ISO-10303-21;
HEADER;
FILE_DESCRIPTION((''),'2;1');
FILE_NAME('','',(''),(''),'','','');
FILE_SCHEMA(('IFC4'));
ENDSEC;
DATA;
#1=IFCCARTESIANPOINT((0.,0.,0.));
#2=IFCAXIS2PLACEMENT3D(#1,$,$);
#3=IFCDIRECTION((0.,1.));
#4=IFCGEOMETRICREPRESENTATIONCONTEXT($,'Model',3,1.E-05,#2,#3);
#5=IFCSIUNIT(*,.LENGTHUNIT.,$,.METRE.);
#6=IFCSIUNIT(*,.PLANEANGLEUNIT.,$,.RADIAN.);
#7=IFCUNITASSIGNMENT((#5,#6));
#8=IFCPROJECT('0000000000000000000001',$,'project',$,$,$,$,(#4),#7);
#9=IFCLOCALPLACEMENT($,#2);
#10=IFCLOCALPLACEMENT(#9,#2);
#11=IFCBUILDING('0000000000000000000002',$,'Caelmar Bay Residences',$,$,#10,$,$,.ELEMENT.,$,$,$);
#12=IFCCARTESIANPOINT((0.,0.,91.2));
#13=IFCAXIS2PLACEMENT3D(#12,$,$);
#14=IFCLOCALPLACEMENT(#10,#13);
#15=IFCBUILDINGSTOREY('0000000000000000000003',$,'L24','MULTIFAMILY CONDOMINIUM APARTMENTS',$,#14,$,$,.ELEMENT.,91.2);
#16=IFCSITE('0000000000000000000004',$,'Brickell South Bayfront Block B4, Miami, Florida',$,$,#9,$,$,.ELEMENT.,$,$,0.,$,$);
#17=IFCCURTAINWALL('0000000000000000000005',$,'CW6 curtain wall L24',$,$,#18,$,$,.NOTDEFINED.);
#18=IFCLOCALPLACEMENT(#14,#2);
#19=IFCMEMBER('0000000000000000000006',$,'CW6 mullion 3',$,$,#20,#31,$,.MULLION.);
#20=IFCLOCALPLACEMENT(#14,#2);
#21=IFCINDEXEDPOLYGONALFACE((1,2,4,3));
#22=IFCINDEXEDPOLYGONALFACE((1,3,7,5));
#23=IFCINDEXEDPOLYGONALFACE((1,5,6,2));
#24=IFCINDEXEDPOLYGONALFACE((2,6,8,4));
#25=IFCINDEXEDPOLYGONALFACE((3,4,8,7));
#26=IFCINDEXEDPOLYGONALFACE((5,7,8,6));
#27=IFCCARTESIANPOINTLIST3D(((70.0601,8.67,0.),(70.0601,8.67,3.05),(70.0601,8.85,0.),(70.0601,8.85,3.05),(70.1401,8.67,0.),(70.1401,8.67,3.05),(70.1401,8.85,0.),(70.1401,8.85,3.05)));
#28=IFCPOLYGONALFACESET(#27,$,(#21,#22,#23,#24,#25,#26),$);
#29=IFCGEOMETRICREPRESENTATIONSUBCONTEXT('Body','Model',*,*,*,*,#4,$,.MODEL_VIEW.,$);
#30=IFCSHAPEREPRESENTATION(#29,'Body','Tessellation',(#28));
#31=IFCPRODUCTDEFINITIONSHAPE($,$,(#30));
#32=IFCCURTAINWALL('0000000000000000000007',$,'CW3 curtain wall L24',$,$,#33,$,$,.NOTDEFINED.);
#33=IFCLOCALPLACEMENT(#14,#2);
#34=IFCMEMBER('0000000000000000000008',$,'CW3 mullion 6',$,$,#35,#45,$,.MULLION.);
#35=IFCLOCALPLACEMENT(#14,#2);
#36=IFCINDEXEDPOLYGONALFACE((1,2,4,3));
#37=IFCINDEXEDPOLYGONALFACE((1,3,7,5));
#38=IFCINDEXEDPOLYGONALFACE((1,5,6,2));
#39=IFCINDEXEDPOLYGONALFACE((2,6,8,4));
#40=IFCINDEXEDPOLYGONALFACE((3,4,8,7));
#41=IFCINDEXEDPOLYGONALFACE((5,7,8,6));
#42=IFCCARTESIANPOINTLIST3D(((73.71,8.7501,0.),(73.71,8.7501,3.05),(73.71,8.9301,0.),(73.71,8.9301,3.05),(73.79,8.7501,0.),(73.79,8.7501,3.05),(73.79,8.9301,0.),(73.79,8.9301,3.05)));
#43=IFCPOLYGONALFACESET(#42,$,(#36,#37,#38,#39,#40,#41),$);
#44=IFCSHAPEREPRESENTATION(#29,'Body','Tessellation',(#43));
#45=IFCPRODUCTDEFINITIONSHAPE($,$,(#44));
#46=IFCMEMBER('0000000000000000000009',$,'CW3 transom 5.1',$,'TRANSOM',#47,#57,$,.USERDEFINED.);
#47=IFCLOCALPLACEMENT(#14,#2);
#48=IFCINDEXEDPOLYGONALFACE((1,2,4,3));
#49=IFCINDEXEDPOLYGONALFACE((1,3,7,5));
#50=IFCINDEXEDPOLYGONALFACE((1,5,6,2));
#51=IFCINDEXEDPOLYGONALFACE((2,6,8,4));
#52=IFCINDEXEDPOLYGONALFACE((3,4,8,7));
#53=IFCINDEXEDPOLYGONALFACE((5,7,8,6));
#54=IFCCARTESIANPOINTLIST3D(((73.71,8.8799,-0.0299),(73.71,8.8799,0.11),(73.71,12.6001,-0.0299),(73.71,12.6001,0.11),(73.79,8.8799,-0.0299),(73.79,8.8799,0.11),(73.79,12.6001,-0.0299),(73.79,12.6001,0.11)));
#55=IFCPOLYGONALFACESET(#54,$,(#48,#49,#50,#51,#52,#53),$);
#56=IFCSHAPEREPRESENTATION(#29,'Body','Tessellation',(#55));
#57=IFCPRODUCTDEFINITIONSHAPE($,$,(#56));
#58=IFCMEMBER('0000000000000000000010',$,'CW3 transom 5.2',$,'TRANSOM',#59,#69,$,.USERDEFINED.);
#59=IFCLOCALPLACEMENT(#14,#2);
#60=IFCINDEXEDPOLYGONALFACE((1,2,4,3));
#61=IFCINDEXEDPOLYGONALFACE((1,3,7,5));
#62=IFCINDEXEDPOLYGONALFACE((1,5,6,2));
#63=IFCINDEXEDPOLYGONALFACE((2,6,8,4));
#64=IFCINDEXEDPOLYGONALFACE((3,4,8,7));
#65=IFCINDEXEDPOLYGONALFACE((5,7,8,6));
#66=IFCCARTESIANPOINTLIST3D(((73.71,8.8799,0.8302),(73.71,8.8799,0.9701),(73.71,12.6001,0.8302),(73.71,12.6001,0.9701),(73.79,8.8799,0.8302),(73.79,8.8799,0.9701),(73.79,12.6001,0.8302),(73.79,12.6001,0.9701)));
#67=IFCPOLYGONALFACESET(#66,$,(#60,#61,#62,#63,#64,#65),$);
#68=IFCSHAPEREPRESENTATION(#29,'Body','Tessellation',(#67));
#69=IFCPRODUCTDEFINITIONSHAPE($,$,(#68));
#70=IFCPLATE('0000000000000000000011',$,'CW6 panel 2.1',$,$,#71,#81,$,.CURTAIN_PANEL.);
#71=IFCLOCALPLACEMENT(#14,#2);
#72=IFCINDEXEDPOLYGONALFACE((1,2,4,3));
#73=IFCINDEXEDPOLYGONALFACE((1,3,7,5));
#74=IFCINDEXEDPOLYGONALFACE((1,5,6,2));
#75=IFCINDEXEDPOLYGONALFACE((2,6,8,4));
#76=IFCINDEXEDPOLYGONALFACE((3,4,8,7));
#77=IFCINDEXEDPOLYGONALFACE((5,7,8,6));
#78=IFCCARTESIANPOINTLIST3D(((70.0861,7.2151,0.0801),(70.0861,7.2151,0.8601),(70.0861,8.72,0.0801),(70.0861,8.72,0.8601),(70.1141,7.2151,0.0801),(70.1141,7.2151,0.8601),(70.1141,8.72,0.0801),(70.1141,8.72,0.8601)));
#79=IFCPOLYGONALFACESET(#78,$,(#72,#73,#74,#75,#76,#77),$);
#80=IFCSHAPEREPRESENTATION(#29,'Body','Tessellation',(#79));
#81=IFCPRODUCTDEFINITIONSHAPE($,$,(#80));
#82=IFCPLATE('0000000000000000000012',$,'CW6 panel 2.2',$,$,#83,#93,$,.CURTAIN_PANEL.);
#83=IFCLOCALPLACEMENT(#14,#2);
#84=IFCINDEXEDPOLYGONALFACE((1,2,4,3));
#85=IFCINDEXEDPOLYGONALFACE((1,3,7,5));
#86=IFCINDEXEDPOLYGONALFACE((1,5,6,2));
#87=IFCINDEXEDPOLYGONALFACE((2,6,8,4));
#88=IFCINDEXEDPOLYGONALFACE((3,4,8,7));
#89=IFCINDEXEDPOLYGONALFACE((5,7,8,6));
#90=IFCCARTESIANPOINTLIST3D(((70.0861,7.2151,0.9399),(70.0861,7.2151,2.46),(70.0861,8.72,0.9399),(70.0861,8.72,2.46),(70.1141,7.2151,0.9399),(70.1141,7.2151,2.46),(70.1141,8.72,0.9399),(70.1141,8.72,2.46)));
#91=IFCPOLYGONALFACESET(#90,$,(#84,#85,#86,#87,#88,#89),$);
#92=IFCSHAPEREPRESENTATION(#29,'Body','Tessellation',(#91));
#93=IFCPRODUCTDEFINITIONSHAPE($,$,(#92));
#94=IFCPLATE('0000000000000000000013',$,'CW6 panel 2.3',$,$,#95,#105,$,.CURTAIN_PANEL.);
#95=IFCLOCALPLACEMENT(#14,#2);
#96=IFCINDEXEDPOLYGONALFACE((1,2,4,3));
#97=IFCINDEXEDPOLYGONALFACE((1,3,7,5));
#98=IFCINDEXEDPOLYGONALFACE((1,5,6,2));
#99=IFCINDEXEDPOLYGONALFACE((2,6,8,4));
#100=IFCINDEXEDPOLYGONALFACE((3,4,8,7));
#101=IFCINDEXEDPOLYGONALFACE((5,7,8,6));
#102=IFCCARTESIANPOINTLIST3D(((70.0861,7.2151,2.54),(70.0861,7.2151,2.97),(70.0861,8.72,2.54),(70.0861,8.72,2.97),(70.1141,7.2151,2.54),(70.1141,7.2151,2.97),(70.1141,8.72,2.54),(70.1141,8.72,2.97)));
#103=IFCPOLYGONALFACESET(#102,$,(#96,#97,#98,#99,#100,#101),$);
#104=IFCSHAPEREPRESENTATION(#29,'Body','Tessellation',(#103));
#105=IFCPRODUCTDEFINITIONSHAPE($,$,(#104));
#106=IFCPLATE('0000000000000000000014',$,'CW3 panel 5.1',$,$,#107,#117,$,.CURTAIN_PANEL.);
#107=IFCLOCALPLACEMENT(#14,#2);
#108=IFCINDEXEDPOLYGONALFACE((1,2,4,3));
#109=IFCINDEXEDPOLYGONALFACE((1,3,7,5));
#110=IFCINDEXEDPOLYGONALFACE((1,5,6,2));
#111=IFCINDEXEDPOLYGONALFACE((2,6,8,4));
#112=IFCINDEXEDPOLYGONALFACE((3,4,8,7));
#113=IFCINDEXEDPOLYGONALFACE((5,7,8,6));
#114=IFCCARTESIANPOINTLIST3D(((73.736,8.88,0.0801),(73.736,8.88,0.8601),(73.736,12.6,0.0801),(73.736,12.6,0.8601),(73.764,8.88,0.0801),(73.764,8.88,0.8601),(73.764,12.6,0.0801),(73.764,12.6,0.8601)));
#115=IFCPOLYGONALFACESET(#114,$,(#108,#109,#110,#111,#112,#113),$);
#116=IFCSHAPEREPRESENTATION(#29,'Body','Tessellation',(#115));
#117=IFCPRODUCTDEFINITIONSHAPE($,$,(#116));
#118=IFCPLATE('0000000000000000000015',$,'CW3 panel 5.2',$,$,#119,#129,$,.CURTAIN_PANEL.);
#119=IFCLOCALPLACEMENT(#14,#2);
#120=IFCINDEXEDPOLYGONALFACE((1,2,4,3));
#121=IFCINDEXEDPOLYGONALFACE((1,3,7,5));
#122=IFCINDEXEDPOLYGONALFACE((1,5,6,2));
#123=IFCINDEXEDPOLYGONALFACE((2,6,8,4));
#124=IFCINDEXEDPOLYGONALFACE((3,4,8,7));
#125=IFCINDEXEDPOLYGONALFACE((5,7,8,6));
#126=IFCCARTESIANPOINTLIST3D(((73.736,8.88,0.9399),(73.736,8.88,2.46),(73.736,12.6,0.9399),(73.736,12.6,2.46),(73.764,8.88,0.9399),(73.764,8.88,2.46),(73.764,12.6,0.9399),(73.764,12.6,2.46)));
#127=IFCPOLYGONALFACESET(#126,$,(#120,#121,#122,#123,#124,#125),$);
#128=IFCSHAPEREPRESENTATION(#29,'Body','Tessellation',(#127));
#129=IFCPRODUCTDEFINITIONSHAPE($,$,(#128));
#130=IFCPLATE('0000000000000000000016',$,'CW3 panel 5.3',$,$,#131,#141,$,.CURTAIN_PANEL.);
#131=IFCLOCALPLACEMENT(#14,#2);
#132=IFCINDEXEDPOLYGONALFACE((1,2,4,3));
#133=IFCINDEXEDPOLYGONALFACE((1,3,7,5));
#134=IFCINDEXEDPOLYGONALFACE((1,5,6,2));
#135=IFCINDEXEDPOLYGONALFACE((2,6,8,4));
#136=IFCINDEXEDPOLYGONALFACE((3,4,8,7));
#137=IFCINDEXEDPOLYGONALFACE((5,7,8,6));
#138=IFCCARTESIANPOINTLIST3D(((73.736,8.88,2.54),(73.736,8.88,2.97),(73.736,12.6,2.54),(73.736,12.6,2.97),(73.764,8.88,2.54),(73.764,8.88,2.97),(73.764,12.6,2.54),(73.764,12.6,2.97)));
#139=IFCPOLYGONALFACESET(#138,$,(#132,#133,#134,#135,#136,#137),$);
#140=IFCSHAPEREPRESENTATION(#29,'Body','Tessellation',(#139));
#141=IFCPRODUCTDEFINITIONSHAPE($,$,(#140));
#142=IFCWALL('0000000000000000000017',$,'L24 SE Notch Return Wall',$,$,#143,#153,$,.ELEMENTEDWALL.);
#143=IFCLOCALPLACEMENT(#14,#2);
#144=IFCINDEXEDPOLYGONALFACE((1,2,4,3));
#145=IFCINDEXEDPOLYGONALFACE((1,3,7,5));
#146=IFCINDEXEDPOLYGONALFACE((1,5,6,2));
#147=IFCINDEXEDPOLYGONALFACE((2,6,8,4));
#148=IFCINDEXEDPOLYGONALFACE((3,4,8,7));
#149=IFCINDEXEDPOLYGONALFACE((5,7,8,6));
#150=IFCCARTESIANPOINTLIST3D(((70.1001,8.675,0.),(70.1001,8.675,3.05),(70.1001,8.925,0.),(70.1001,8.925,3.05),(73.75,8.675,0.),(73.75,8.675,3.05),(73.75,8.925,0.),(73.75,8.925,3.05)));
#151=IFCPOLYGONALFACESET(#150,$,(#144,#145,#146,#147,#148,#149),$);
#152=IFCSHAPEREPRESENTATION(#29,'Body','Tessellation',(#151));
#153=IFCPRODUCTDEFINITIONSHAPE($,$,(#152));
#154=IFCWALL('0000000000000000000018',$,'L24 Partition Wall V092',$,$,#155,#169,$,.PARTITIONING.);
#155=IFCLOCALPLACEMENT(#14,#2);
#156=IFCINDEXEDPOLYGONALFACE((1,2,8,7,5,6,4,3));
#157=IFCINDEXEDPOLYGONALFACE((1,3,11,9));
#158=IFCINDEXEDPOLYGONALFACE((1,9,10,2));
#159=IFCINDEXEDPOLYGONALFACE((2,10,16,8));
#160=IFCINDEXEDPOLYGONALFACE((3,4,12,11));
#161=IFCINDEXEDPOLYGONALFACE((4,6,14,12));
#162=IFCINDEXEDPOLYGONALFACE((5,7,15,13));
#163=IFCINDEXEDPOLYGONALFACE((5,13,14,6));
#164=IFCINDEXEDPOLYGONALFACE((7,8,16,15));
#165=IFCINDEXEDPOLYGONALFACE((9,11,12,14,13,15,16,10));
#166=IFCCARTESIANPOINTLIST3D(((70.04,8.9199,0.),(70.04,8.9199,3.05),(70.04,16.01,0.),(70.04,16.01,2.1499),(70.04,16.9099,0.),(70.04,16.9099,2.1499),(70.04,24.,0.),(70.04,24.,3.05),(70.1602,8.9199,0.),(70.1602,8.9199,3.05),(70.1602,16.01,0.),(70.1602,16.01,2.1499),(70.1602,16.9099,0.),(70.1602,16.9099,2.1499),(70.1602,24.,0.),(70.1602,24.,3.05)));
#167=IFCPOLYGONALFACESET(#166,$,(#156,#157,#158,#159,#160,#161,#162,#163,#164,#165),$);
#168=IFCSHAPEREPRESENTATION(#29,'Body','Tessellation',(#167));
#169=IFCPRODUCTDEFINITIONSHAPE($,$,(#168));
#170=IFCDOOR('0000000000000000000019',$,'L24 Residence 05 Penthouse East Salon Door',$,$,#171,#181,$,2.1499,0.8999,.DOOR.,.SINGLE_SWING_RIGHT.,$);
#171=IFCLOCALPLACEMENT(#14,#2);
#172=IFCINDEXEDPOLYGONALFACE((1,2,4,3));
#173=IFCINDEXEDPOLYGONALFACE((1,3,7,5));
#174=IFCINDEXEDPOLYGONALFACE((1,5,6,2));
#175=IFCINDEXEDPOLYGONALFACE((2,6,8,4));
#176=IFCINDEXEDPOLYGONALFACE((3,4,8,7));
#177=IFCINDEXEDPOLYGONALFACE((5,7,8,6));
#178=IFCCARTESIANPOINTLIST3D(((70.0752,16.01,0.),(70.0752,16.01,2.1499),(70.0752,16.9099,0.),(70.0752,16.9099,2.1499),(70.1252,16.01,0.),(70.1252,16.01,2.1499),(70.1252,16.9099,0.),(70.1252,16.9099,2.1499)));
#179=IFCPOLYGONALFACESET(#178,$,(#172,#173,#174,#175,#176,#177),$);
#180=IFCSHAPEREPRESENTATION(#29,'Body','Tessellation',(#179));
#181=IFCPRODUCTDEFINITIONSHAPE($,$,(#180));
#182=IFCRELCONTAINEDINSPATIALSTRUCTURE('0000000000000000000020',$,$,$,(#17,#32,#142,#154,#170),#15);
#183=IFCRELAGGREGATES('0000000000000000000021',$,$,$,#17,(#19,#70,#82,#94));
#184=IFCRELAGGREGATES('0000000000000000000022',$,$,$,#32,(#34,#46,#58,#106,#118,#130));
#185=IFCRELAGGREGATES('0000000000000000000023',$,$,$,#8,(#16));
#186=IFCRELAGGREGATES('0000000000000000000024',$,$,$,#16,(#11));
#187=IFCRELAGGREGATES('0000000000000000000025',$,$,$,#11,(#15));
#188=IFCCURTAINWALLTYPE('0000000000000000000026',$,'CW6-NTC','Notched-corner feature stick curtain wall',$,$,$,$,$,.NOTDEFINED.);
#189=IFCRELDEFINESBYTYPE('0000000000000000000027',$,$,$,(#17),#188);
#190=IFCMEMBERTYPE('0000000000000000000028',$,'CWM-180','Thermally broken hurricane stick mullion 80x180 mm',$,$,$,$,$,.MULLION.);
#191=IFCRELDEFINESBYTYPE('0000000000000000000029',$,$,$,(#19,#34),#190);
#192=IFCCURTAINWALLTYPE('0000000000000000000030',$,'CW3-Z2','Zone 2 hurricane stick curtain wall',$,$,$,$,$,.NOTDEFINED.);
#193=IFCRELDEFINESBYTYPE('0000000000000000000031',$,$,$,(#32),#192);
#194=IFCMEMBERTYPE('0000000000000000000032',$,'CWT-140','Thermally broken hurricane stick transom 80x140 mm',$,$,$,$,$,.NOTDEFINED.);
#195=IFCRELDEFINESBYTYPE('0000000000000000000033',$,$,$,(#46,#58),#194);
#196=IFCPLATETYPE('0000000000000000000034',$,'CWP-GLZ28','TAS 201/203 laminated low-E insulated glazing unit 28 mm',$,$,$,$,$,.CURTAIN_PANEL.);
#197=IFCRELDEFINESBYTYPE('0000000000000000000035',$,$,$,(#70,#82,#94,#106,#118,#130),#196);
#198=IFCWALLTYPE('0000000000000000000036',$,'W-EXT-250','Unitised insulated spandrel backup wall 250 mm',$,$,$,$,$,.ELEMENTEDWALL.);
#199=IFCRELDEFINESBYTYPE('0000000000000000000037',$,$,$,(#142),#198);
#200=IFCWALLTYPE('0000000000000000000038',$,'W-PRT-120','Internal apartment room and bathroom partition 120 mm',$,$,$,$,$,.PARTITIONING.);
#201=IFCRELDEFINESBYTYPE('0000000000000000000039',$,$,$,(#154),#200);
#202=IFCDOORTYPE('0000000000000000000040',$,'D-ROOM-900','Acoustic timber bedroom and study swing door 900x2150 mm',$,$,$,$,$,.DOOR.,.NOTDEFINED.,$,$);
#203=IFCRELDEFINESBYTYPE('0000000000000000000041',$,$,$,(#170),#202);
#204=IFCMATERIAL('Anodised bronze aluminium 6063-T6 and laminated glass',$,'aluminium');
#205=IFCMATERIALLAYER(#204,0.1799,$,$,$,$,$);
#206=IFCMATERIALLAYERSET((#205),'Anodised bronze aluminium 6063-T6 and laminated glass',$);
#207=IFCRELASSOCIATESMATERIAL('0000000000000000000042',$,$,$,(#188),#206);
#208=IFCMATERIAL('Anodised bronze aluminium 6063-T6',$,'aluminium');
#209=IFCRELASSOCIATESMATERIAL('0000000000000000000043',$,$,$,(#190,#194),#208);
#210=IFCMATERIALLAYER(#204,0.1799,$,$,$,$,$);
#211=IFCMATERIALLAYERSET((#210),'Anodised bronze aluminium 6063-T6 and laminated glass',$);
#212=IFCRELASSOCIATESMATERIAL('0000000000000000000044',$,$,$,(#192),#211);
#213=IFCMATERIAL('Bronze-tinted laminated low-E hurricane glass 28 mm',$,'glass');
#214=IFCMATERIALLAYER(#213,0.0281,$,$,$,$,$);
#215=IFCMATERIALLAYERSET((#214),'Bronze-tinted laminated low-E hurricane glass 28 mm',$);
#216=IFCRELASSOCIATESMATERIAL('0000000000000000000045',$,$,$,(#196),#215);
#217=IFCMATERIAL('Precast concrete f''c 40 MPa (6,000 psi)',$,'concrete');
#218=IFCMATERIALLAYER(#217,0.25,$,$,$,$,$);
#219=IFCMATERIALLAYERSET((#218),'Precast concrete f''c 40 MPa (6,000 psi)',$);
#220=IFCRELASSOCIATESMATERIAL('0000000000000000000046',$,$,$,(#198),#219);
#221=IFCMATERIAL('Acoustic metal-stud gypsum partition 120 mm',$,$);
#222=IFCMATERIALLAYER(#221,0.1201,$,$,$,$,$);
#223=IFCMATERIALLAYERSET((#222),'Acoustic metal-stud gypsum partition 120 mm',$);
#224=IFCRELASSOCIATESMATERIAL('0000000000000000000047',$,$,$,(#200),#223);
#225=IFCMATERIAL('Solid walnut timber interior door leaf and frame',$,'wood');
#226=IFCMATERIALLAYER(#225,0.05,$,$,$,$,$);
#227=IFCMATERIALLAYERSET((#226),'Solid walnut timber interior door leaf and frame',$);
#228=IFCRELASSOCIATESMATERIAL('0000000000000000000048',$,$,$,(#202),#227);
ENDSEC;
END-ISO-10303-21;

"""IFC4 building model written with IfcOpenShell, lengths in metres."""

from ifc_helpers import new_model, si_unit, direction, frame, frame_2d, origin, origin_2d, place, context, subcontext, project, spatial, rectangle, extrude, material, layer, layer_set, material_profile, profile_set, type_object, element, fill, aggregate, save


model = new_model("IFC4")

# Units and contexts
model_context = context("Model", 3, precision=1e-05, world=origin(), true_north=direction((0.0, 1.0)))
body_context = subcontext(model_context, "Body", "Model", "MODEL_VIEW")
ifc_project = project(units=[si_unit("LENGTHUNIT", "METRE"), si_unit("PLANEANGLEUNIT", "RADIAN")], contexts=[model_context])

# Site, building, storey
site_placement = place(None, origin())
site = spatial("IfcSite", under=ifc_project, at=site_placement, Name="Brickell South Bayfront Block B4, Miami, Florida", CompositionType="ELEMENT", RefElevation=0.0)
building_placement = place(site_placement, origin())
building = spatial("IfcBuilding", under=site, at=building_placement, Name="Caelmar Bay Residences", CompositionType="ELEMENT")
storey_placement = place(building_placement, frame((0.0, 0.0, 91.2)))
storey = spatial("IfcBuildingStorey", under=building, at=storey_placement, Name="L24", Description="MULTIFAMILY CONDOMINIUM APARTMENTS", CompositionType="ELEMENT", Elevation=91.2)

# Curtain wall, member
ifc_material_1 = material(Name="Anodised bronze aluminium 6063-T6 and laminated glass", Category="aluminium")
ifc_layer_1 = layer(ifc_material_1, 0.1799)
ifc_layer_set_1 = layer_set([ifc_layer_1], Name="Anodised bronze aluminium 6063-T6 and laminated glass")
curtain_wall_type_1 = type_object("IfcCurtainWallType", Name="CW6-NTC", Description="Notched-corner feature stick curtain wall", PredefinedType="NOTDEFINED", material=ifc_layer_set_1)
curtain_wall_1_placement = place(storey_placement, origin())
curtain_wall_1 = element("IfcCurtainWall", 1, at=curtain_wall_1_placement, inside=storey, type_object=curtain_wall_type_1, Name="CW6 curtain wall L24", PredefinedType="NOTDEFINED")
ifc_material_2 = material(Name="Anodised bronze aluminium 6063-T6", Category="aluminium")
ifc_material_profile_1 = material_profile(ifc_material_2, rectangle(XDim=0.0801, YDim=0.1799, at=origin_2d()), Name="CWM-80X180")
ifc_profile_set_1 = profile_set([ifc_material_profile_1], Name="Anodised bronze aluminium 6063-T6")
member_type_1 = type_object("IfcMemberType", Name="CWM-180", Description="Thermally broken hurricane stick mullion 80x180 mm", PredefinedType="MULLION", material=ifc_profile_set_1)
member_1_placement = place(storey_placement, frame((70.1001, 8.76, 0.0), z_axis=(0.0, 0.0, 1.0), x_axis=(-1.0, 0.0, 0.0)))
member_1 = element("IfcMember", 2, at=member_1_placement, type_object=member_type_1, Name="CW6 mullion 3", PredefinedType="MULLION", context=body_context, shape_type="SweptSolid", body=[
    extrude(rectangle(XDim=0.0801, YDim=0.1799, at=origin_2d()), origin(), (0.0, 0.0, 1.0), 3.05),
])

# Curtain wall, members
ifc_layer_2 = layer(ifc_material_1, 0.1799)
ifc_layer_set_2 = layer_set([ifc_layer_2], Name="Anodised bronze aluminium 6063-T6 and laminated glass")
curtain_wall_type_2 = type_object("IfcCurtainWallType", Name="CW3-Z2", Description="Zone 2 hurricane stick curtain wall", PredefinedType="NOTDEFINED", material=ifc_layer_set_2)
curtain_wall_2_placement = place(storey_placement, origin())
curtain_wall_2 = element("IfcCurtainWall", 3, at=curtain_wall_2_placement, inside=storey, type_object=curtain_wall_type_2, Name="CW3 curtain wall L24", PredefinedType="NOTDEFINED")
member_2_placement = place(storey_placement, frame((73.75, 8.8401, 0.0), z_axis=(0.0, 0.0, 1.0), x_axis=(1.0, 0.0, 0.0)))
member_2 = element("IfcMember", 4, at=member_2_placement, type_object=member_type_1, Name="CW3 mullion 6", PredefinedType="MULLION", context=body_context, shape_type="SweptSolid", body=[
    extrude(rectangle(XDim=0.0801, YDim=0.1799, at=origin_2d()), origin(), (0.0, 0.0, 1.0), 3.05),
])
ifc_material_profile_2 = material_profile(ifc_material_2, rectangle(XDim=0.0801, YDim=0.1399, at=origin_2d()), Name="CWT-80X140")
ifc_profile_set_2 = profile_set([ifc_material_profile_2], Name="Anodised bronze aluminium 6063-T6")
member_type_2 = type_object("IfcMemberType", Name="CWT-140", Description="Thermally broken hurricane stick transom 80x140 mm", PredefinedType="NOTDEFINED", material=ifc_profile_set_2)
member_3_placement = place(storey_placement, frame((73.75, 12.6001, 0.04), z_axis=(0.0, -1.0, 0.0), x_axis=(1.0, 0.0, 0.0)))
member_3 = element("IfcMember", 5, at=member_3_placement, type_object=member_type_2, Name="CW3 transom 5.1", ObjectType="TRANSOM", PredefinedType="USERDEFINED", context=body_context, shape_type="SweptSolid", body=[
    extrude(rectangle(XDim=0.0801, YDim=0.1399, at=origin_2d()), origin(), (0.0, 0.0, 1.0), 3.7202),
])
member_4_placement = place(storey_placement, frame((73.75, 12.6001, 0.9001), z_axis=(0.0, -1.0, 0.0), x_axis=(1.0, 0.0, 0.0)))
member_4 = element("IfcMember", 6, at=member_4_placement, type_object=member_type_2, Name="CW3 transom 5.2", ObjectType="TRANSOM", PredefinedType="USERDEFINED", context=body_context, shape_type="SweptSolid", body=[
    extrude(rectangle(XDim=0.0801, YDim=0.1399, at=origin_2d()), origin(), (0.0, 0.0, 1.0), 3.7202),
])

# Plates
ifc_material_3 = material(Name="Bronze-tinted laminated low-E hurricane glass 28 mm", Category="glass")
ifc_layer_3 = layer(ifc_material_3, 0.0281)
ifc_layer_set_3 = layer_set([ifc_layer_3], Name="Bronze-tinted laminated low-E hurricane glass 28 mm")
plate_type = type_object("IfcPlateType", Name="CWP-GLZ28", Description="TAS 201/203 laminated low-E insulated glazing unit 28 mm", PredefinedType="CURTAIN_PANEL", material=ifc_layer_set_3)
plate_1_placement = place(storey_placement, frame((70.1001, 7.9675, 0.0801), z_axis=(0.0, 0.0, 1.0), x_axis=(0.0, 1.0, 0.0)))
plate_1 = element("IfcPlate", 7, at=plate_1_placement, type_object=plate_type, Name="CW6 panel 2.1", PredefinedType="CURTAIN_PANEL", context=body_context, shape_type="SweptSolid", body=[
    extrude(rectangle(XDim=1.5049, YDim=0.0281, at=origin_2d()), origin(), (0.0, 0.0, 1.0), 0.78),
])
plate_2_placement = place(storey_placement, frame((70.1001, 7.9675, 0.9399), z_axis=(0.0, 0.0, 1.0), x_axis=(0.0, 1.0, 0.0)))
plate_2 = element("IfcPlate", 8, at=plate_2_placement, type_object=plate_type, Name="CW6 panel 2.2", PredefinedType="CURTAIN_PANEL", context=body_context, shape_type="SweptSolid", body=[
    extrude(rectangle(XDim=1.5049, YDim=0.0281, at=origin_2d()), origin(), (0.0, 0.0, 1.0), 1.52),
])
plate_3_placement = place(storey_placement, frame((70.1001, 7.9675, 2.54), z_axis=(0.0, 0.0, 1.0), x_axis=(0.0, 1.0, 0.0)))
plate_3 = element("IfcPlate", 9, at=plate_3_placement, type_object=plate_type, Name="CW6 panel 2.3", PredefinedType="CURTAIN_PANEL", context=body_context, shape_type="SweptSolid", body=[
    extrude(rectangle(XDim=1.5049, YDim=0.0281, at=origin_2d()), origin(), (0.0, 0.0, 1.0), 0.4299),
])
aggregate(curtain_wall_1, [member_1, plate_1, plate_2, plate_3])
plate_4_placement = place(storey_placement, frame((73.75, 10.74, 0.0801), z_axis=(0.0, 0.0, 1.0), x_axis=(0.0, -1.0, 0.0)))
plate_4 = element("IfcPlate", 10, at=plate_4_placement, type_object=plate_type, Name="CW3 panel 5.1", PredefinedType="CURTAIN_PANEL", context=body_context, shape_type="SweptSolid", body=[
    extrude(rectangle(XDim=3.72, YDim=0.0281, at=origin_2d()), origin(), (0.0, 0.0, 1.0), 0.78),
])
plate_5_placement = place(storey_placement, frame((73.75, 10.74, 0.9399), z_axis=(0.0, 0.0, 1.0), x_axis=(0.0, -1.0, 0.0)))
plate_5 = element("IfcPlate", 11, at=plate_5_placement, type_object=plate_type, Name="CW3 panel 5.2", PredefinedType="CURTAIN_PANEL", context=body_context, shape_type="SweptSolid", body=[
    extrude(rectangle(XDim=3.72, YDim=0.0281, at=origin_2d()), origin(), (0.0, 0.0, 1.0), 1.52),
])
plate_6_placement = place(storey_placement, frame((73.75, 10.74, 2.54), z_axis=(0.0, 0.0, 1.0), x_axis=(0.0, -1.0, 0.0)))
plate_6 = element("IfcPlate", 12, at=plate_6_placement, type_object=plate_type, Name="CW3 panel 5.3", PredefinedType="CURTAIN_PANEL", context=body_context, shape_type="SweptSolid", body=[
    extrude(rectangle(XDim=3.72, YDim=0.0281, at=origin_2d()), origin(), (0.0, 0.0, 1.0), 0.4299),
])
aggregate(curtain_wall_2, [member_2, member_3, member_4, plate_4, plate_5, plate_6])

# Wall
ifc_material_4 = material(Name="Precast concrete f'c 40 MPa (6,000 psi)", Category="concrete")
ifc_layer_4 = layer(ifc_material_4, 0.25)
ifc_layer_set_4 = layer_set([ifc_layer_4], Name="Precast concrete f'c 40 MPa (6,000 psi)")
wall_type_1 = type_object("IfcWallType", Name="W-EXT-250", Description="Unitised insulated spandrel backup wall 250 mm", PredefinedType="ELEMENTEDWALL", material=ifc_layer_set_4)
wall_1_placement = place(storey_placement, frame((70.1001, 8.8, 0.0), z_axis=(0.0, 0.0, 1.0), x_axis=(1.0, 0.0, 0.0)))
element("IfcWall", 13, at=wall_1_placement, inside=storey, type_object=wall_type_1, Name="L24 SE Notch Return Wall", PredefinedType="ELEMENTEDWALL", context=body_context, shape_type="SweptSolid", body=[
    extrude(rectangle(XDim=3.6499, YDim=0.25, at=frame_2d((1.825, 0.0))), origin(), (0.0, 0.0, 1.0), 3.05),
])

# Wall, opening, door
ifc_material_5 = material(Name="Acoustic metal-stud gypsum partition 120 mm")
ifc_layer_5 = layer(ifc_material_5, 0.1201)
ifc_layer_set_5 = layer_set([ifc_layer_5], Name="Acoustic metal-stud gypsum partition 120 mm")
wall_type_2 = type_object("IfcWallType", Name="W-PRT-120", Description="Internal apartment room and bathroom partition 120 mm", PredefinedType="PARTITIONING", material=ifc_layer_set_5)
wall_2_placement = place(storey_placement, frame((70.1001, 8.9199, 0.0), z_axis=(0.0, 0.0, 1.0), x_axis=(0.0, 1.0, 0.0)))
wall_2 = element("IfcWall", 14, at=wall_2_placement, inside=storey, type_object=wall_type_2, Name="L24 Partition Wall V092", PredefinedType="PARTITIONING", context=body_context, shape_type="SweptSolid", body=[
    extrude(rectangle(XDim=15.0801, YDim=0.1201, at=frame_2d((7.54, 0.0))), origin(), (0.0, 0.0, 1.0), 3.05),
])
opening_placement = place(wall_2_placement, frame((7.0901, 0.0, 0.0)))
opening = element("IfcOpeningElement", 15, at=opening_placement, cuts=wall_2, PredefinedType="OPENING", context=body_context, shape_type="SweptSolid", body=[
    extrude(rectangle(XDim=0.8999, YDim=2.1499, at=frame_2d((0.45, 1.075))), frame((0.0, 0.0701, 0.0), z_axis=(0.0, -1.0, 0.0), x_axis=(1.0, 0.0, 0.0)), (0.0, 0.0, 1.0), 0.1401),
])
ifc_material_6 = material(Name="Solid walnut timber interior door leaf and frame", Category="wood")
ifc_layer_6 = layer(ifc_material_6, 0.05)
ifc_layer_set_6 = layer_set([ifc_layer_6], Name="Solid walnut timber interior door leaf and frame")
door_type = type_object("IfcDoorType", Name="D-ROOM-900", Description="Acoustic timber bedroom and study swing door 900x2150 mm", OperationType="NOTDEFINED", PredefinedType="DOOR", material=ifc_layer_set_6)
door_placement = place(opening_placement, origin())
door = element("IfcDoor", 16, at=door_placement, inside=storey, type_object=door_type, Name="L24 Residence 05 Penthouse East Salon Door", OperationType="SINGLE_SWING_RIGHT", OverallHeight=2.1499, OverallWidth=0.8999, PredefinedType="DOOR", context=body_context, shape_type="SweptSolid", body=[
    extrude(rectangle(XDim=0.8999, YDim=2.1499, at=frame_2d((0.45, 1.075))), frame((0.0, 0.0249, 0.0), z_axis=(0.0, -1.0, 0.0), x_axis=(1.0, 0.0, 0.0)), (0.0, 0.0, 1.0), 0.05),
])
fill(opening, door)

save(model, "model.ifc")
